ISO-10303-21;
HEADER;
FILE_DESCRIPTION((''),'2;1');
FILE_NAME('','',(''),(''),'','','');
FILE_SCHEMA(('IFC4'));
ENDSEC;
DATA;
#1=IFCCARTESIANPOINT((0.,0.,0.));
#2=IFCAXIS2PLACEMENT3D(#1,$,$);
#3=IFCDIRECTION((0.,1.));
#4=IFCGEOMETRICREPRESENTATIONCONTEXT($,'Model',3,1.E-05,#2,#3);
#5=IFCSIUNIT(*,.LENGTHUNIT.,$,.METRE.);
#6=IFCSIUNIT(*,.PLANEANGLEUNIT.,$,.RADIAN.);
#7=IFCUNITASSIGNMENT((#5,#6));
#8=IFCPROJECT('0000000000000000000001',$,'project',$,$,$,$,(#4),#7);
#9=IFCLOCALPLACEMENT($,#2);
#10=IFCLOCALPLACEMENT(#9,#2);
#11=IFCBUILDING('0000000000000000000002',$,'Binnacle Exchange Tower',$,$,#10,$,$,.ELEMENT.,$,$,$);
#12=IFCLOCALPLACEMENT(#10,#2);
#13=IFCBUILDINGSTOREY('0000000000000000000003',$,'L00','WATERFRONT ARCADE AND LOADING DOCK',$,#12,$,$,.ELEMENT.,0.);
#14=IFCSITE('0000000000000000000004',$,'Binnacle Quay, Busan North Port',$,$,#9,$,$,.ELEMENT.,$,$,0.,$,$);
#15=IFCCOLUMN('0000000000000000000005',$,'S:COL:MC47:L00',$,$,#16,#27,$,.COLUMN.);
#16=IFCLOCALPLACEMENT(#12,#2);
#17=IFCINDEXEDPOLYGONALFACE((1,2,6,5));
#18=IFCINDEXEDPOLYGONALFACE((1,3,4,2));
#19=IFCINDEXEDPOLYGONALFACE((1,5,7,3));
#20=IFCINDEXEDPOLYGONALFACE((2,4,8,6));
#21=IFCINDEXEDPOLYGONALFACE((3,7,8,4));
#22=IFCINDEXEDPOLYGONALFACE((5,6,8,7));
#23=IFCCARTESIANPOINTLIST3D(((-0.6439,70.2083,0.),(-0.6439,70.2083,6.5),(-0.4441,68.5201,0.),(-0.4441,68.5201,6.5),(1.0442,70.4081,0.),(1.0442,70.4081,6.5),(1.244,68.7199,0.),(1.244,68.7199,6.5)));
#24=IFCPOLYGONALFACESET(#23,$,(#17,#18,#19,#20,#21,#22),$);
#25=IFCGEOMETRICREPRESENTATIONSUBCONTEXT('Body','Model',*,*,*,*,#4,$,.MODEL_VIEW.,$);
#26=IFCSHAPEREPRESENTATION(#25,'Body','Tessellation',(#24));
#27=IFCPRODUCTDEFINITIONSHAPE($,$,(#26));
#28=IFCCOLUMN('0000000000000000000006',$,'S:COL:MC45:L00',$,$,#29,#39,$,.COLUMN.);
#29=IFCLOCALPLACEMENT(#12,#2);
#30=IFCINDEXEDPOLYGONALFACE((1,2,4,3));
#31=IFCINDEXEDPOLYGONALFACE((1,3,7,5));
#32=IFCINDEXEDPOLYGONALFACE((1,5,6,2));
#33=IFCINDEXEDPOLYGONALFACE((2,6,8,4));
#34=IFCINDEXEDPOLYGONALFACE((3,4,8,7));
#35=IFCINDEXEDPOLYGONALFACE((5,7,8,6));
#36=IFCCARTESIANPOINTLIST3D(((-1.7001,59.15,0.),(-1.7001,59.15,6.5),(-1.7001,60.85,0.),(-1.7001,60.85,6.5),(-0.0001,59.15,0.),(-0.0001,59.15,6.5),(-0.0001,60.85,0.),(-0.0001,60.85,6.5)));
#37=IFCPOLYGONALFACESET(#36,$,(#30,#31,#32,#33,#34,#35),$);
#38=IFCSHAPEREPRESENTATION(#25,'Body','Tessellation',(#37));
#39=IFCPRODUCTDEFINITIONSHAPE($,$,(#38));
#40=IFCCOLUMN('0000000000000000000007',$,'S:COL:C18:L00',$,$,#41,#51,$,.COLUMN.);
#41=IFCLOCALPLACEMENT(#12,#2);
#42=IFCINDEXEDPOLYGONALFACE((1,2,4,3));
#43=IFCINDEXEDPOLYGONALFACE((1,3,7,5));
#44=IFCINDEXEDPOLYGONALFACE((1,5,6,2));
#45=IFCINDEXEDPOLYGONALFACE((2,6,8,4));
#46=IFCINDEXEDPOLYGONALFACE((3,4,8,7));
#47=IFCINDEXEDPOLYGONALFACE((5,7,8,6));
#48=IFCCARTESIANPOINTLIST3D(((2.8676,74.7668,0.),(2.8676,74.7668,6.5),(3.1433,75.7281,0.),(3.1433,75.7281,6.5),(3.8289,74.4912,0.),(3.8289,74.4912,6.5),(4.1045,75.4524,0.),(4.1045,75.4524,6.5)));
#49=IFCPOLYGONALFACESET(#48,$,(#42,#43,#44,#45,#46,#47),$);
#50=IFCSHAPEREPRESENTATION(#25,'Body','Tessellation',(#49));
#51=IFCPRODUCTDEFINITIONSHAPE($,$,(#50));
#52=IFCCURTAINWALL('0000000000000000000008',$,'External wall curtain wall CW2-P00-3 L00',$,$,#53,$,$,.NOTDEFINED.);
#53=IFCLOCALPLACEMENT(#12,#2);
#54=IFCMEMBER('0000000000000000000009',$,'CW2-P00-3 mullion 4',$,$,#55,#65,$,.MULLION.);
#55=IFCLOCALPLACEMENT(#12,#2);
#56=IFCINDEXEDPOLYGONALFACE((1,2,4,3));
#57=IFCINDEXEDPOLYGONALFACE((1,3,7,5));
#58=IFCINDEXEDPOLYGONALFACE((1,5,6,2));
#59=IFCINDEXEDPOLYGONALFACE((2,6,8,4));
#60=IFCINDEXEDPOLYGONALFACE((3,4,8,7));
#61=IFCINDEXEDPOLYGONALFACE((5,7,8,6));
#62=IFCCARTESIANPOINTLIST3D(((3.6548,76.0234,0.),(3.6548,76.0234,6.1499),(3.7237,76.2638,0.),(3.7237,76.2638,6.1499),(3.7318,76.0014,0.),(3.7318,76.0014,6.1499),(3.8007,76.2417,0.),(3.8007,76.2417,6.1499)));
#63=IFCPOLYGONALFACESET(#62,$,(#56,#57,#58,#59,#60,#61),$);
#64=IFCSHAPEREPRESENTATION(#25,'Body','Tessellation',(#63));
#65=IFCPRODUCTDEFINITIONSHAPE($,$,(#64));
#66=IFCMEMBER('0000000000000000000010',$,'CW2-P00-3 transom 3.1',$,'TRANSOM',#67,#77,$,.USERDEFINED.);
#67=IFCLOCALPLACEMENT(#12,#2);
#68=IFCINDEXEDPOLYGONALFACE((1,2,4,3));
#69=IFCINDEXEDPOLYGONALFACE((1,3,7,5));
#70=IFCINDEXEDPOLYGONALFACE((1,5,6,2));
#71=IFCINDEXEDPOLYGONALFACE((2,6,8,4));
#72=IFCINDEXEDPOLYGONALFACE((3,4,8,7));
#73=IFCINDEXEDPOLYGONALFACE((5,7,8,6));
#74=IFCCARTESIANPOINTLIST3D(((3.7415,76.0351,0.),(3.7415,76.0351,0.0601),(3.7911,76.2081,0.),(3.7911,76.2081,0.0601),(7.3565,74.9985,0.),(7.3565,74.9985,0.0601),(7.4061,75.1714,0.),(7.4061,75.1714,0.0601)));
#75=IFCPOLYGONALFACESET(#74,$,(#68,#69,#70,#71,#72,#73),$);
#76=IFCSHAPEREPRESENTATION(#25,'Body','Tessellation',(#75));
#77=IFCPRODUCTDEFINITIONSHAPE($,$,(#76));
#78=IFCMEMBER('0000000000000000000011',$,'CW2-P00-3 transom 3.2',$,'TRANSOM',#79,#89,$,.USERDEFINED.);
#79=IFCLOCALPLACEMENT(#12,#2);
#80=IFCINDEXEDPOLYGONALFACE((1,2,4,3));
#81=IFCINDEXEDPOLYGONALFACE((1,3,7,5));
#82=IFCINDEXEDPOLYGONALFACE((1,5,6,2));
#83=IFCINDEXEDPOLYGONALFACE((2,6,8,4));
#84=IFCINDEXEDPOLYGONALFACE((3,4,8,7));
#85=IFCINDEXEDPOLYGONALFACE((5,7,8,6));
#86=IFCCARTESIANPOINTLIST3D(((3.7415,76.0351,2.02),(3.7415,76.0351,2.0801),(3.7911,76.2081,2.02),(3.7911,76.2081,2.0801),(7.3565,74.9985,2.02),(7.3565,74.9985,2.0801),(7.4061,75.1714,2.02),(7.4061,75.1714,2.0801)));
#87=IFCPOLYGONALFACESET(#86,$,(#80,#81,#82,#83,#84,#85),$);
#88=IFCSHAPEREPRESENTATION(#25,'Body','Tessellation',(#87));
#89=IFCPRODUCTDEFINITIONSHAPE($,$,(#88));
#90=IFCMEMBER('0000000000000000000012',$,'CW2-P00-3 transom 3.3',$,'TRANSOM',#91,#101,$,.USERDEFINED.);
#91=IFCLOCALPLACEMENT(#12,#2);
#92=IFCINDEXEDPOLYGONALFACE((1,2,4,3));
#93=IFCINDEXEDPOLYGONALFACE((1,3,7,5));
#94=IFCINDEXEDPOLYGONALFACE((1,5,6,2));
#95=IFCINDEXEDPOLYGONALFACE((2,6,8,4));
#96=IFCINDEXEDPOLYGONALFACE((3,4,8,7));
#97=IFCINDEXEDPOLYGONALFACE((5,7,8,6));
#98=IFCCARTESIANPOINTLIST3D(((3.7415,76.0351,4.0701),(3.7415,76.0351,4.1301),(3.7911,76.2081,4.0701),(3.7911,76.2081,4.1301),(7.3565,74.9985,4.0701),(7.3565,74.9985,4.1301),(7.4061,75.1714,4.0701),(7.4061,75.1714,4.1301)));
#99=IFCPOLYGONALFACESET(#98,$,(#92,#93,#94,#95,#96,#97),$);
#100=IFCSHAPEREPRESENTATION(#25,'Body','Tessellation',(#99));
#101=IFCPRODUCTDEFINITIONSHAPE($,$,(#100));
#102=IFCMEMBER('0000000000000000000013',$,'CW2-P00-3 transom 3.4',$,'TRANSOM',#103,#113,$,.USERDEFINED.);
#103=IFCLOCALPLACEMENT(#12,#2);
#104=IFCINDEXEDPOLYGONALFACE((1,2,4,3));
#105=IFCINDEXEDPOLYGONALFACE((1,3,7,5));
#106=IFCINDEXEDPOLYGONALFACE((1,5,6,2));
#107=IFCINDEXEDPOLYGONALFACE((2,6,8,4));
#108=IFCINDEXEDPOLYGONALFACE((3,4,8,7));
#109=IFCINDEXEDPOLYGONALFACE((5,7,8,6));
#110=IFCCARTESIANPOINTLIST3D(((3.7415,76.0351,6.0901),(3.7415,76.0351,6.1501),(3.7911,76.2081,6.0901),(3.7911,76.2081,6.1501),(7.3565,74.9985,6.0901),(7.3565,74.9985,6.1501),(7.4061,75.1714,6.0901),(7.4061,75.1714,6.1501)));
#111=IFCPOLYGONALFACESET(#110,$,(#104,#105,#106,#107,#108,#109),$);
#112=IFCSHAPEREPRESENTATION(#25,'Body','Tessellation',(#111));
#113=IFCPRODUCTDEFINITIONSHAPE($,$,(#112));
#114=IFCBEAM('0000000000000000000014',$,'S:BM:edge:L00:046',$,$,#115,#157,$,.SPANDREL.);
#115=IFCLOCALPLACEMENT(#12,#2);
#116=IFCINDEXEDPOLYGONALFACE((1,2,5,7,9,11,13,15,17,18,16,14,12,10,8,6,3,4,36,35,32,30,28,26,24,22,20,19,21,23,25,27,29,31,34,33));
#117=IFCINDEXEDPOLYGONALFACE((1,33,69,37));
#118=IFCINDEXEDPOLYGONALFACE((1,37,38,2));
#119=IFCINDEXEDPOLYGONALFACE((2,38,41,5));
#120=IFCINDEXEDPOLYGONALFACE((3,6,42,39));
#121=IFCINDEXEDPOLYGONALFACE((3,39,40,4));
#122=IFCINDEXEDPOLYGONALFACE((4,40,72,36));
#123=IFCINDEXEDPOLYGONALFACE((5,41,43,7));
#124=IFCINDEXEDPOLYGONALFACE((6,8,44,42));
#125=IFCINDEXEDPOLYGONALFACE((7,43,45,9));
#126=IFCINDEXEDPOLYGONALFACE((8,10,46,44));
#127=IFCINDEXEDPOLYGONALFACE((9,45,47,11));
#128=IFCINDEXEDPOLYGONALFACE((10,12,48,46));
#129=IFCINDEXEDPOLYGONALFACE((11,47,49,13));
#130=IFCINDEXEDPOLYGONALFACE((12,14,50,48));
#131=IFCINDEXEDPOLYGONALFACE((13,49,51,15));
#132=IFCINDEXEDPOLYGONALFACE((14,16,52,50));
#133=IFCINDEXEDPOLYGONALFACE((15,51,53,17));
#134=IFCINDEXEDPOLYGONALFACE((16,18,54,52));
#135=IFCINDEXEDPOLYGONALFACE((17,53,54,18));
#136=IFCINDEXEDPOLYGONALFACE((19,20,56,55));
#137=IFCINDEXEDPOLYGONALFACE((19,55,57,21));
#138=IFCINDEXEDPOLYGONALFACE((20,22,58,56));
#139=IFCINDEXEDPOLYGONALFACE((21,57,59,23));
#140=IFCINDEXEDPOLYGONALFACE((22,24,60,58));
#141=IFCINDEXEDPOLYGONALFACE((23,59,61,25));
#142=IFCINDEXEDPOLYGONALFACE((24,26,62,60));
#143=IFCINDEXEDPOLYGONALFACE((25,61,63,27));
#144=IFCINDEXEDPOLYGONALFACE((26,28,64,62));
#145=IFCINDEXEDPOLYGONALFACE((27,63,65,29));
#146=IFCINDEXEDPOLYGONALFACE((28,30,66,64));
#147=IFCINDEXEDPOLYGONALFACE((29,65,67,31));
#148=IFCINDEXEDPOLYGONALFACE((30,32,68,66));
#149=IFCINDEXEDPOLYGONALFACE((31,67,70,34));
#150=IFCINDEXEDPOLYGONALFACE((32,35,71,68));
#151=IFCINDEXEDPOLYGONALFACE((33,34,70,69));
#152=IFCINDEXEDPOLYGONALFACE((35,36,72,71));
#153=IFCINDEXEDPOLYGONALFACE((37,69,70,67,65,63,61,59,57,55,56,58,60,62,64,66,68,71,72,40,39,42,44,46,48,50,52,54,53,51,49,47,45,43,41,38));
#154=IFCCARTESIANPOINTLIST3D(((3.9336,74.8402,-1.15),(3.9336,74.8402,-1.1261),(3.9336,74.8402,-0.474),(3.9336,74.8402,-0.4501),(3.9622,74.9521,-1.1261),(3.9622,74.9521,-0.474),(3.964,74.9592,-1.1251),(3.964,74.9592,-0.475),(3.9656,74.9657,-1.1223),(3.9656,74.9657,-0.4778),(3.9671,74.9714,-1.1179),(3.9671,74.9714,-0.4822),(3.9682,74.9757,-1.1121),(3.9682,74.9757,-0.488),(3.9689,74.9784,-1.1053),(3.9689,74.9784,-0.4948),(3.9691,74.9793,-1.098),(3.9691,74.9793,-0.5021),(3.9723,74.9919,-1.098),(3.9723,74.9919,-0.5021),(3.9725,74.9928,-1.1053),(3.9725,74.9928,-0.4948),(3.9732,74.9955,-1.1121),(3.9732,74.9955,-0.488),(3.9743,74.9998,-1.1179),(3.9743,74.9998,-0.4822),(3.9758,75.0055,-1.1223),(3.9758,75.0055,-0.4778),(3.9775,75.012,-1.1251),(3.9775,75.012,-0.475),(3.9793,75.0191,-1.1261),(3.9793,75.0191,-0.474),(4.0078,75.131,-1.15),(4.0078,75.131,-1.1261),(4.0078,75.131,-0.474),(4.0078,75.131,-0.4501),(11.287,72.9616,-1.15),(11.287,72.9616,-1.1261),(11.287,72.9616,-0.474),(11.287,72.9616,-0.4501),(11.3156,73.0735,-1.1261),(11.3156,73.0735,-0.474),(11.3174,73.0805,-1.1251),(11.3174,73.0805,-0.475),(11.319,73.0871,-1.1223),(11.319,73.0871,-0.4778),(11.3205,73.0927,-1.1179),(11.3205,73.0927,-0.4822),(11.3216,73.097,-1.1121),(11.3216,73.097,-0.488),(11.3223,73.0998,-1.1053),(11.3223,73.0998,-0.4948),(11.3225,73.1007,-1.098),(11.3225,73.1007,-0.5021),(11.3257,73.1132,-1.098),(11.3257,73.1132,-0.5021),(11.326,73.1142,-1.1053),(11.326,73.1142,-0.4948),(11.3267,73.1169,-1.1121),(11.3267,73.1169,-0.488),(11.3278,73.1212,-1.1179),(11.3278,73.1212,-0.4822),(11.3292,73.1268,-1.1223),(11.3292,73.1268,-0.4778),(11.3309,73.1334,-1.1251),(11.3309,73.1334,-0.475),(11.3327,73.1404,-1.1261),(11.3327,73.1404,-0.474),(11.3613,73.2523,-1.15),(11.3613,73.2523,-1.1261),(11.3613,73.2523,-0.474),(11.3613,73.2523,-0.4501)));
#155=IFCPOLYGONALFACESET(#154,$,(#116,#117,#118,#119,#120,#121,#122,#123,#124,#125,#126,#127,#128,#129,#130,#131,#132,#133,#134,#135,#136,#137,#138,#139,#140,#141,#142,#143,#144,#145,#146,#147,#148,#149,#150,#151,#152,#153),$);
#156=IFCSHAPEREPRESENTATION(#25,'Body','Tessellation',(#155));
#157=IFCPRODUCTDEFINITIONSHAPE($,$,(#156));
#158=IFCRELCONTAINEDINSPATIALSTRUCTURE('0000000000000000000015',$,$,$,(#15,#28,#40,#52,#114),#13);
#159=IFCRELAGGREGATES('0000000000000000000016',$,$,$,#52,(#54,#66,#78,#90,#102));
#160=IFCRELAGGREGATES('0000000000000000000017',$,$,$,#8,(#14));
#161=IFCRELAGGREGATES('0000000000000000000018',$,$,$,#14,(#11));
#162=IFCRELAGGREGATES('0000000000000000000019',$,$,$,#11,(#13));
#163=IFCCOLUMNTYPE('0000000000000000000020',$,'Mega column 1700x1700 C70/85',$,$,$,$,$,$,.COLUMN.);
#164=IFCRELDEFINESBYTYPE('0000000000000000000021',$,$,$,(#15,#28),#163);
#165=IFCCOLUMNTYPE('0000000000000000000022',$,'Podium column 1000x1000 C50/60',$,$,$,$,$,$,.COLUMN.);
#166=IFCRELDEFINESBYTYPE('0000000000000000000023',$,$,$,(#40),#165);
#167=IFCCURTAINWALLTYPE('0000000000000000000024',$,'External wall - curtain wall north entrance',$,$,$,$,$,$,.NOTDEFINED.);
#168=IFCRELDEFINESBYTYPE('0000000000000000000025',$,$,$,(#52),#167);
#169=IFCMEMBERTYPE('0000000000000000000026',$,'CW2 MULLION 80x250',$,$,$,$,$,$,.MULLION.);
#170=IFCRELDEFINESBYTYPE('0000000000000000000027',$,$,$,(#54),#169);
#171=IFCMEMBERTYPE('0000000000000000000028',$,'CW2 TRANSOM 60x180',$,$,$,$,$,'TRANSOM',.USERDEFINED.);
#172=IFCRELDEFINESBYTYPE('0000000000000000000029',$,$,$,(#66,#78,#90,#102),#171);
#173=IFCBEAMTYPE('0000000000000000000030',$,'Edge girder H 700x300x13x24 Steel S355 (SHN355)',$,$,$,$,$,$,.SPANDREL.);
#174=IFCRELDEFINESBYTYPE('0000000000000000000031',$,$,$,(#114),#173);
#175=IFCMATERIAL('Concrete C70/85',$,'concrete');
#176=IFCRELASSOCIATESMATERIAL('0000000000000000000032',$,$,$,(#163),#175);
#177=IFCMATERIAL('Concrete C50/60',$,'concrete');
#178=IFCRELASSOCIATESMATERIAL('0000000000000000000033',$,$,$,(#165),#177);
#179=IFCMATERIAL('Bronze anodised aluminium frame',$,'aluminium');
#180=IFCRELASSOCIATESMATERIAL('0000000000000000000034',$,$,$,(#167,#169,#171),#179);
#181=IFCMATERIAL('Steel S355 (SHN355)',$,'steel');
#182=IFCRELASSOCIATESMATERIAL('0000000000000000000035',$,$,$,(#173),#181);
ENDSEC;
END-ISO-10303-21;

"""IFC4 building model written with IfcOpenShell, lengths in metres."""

from ifc_helpers import new_model, si_unit, direction, frame, origin, origin_2d, place, context, subcontext, project, spatial, rectangle, i_section, extrude, material, material_profile, profile_set, type_object, element, aggregate, save


model = new_model("IFC4")

# Units and contexts
model_context = context("Model", 3, precision=1e-05, world=origin(), true_north=direction((0.0, 1.0)))
body_context = subcontext(model_context, "Body", "Model", "MODEL_VIEW")
ifc_project = project(units=[si_unit("LENGTHUNIT", "METRE"), si_unit("PLANEANGLEUNIT", "RADIAN")], contexts=[model_context])

# Site, building, storey
site_placement = place(None, origin())
site = spatial("IfcSite", under=ifc_project, at=site_placement, Name="Binnacle Quay, Busan North Port", CompositionType="ELEMENT", RefElevation=0.0)
building_placement = place(site_placement, origin())
building = spatial("IfcBuilding", under=site, at=building_placement, Name="Binnacle Exchange Tower", CompositionType="ELEMENT")
storey_placement = place(building_placement, origin())
storey = spatial("IfcBuildingStorey", under=building, at=storey_placement, Name="L00", Description="WATERFRONT ARCADE AND LOADING DOCK", CompositionType="ELEMENT", Elevation=0.0)

# Columns
ifc_material_1 = material(Name="Concrete C70/85", Category="concrete")
ifc_material_profile_1 = material_profile(ifc_material_1, rectangle(XDim=1.7, YDim=1.7, at=origin_2d()), Name="Mega column 1700x1700 C70/85")
ifc_profile_set_1 = profile_set([ifc_material_profile_1], Name="Concrete C70/85")
column_type_1 = type_object("IfcColumnType", Name="Mega column 1700x1700 C70/85", PredefinedType="COLUMN", material=ifc_profile_set_1)
for number, where, z_axis, x_axis, name in (
    (1, (0.3, 69.4641, 0.0), (0.0, 0.0, 1.0), (-0.993068, -0.117537, 0.0), "S:COL:MC47:L00"),
    (2, (-0.8501, 60.0, 0.0), (0.0, 0.0, 1.0), (0.0, 1.0, 0.0), "S:COL:MC45:L00"),
):
    element("IfcColumn", number, at=place(storey_placement, frame(where, z_axis=z_axis, x_axis=x_axis)), inside=storey, type_object=column_type_1, Name=name, PredefinedType="COLUMN", context=body_context, shape_type="SweptSolid", body=[
        extrude(rectangle(XDim=1.7, YDim=1.7, at=origin_2d()), origin(), (0.0, 0.0, 1.0), 6.5),
    ])
ifc_material_2 = material(Name="Concrete C50/60", Category="concrete")
ifc_material_profile_2 = material_profile(ifc_material_2, rectangle(XDim=1.0, YDim=1.0, at=origin_2d()), Name="Podium column 1000x1000 C50/60")
ifc_profile_set_2 = profile_set([ifc_material_profile_2], Name="Concrete C50/60")
column_type_2 = type_object("IfcColumnType", Name="Podium column 1000x1000 C50/60", PredefinedType="COLUMN", material=ifc_profile_set_2)
column_placement = place(storey_placement, frame((3.4861, 75.1096, 0.0), z_axis=(0.0, 0.0, 1.0), x_axis=(-0.961262, 0.275637, 0.0)))
element("IfcColumn", 3, at=column_placement, inside=storey, type_object=column_type_2, Name="S:COL:C18:L00", PredefinedType="COLUMN", context=body_context, shape_type="SweptSolid", body=[
    extrude(rectangle(XDim=1.0, YDim=1.0, at=origin_2d()), origin(), (0.0, 0.0, 1.0), 6.5),
])

# Curtain wall, members
ifc_material_3 = material(Name="Bronze anodised aluminium frame", Category="aluminium")
curtain_wall_type = type_object("IfcCurtainWallType", Name="External wall - curtain wall north entrance", PredefinedType="NOTDEFINED", material=ifc_material_3)
curtain_wall_placement = place(storey_placement, origin())
curtain_wall = element("IfcCurtainWall", 4, at=curtain_wall_placement, inside=storey, type_object=curtain_wall_type, Name="External wall curtain wall CW2-P00-3 L00", PredefinedType="NOTDEFINED")
ifc_material_profile_3 = material_profile(ifc_material_3, rectangle(XDim=0.25, YDim=0.0801, at=origin_2d()), Name="AL 80x250")
ifc_profile_set_3 = profile_set([ifc_material_profile_3], Name="Bronze anodised aluminium frame")
member_type_1 = type_object("IfcMemberType", Name="CW2 MULLION 80x250", PredefinedType="MULLION", material=ifc_profile_set_3)
member_1_placement = place(storey_placement, frame((3.7278, 76.1326, 0.0), z_axis=(0.0, 0.0, 1.0), x_axis=(-0.275637, -0.961262, 0.0)))
member_1 = element("IfcMember", 5, at=member_1_placement, type_object=member_type_1, Name="CW2-P00-3 mullion 4", PredefinedType="MULLION", context=body_context, shape_type="SweptSolid", body=[
    extrude(rectangle(XDim=0.25, YDim=0.0801, at=origin_2d()), origin(), (0.0, 0.0, 1.0), 6.1499),
])
ifc_material_profile_4 = material_profile(ifc_material_3, rectangle(XDim=0.1799, YDim=0.0601, at=origin_2d()), Name="AL 180x60")
ifc_profile_set_4 = profile_set([ifc_material_profile_4], Name="Bronze anodised aluminium frame")
member_type_2 = type_object("IfcMemberType", Name="CW2 TRANSOM 60x180", ElementType="TRANSOM", PredefinedType="USERDEFINED", material=ifc_profile_set_4)
member_2_placement = place(storey_placement, frame((7.3813, 75.085, 0.03), z_axis=(-0.961259, 0.275647, 0.0), x_axis=(-0.275647, -0.961259, 0.0)))
member_2 = element("IfcMember", 6, at=member_2_placement, type_object=member_type_2, Name="CW2-P00-3 transom 3.1", ObjectType="TRANSOM", PredefinedType="USERDEFINED", context=body_context, shape_type="SweptSolid", body=[
    extrude(rectangle(XDim=0.1799, YDim=0.0601, at=origin_2d()), origin(), (0.0, 0.0, 1.0), 3.7607),
])
member_3_placement = place(storey_placement, frame((7.3813, 75.085, 2.05), z_axis=(-0.961259, 0.275647, 0.0), x_axis=(-0.275647, -0.961259, 0.0)))
member_3 = element("IfcMember", 7, at=member_3_placement, type_object=member_type_2, Name="CW2-P00-3 transom 3.2", ObjectType="TRANSOM", PredefinedType="USERDEFINED", context=body_context, shape_type="SweptSolid", body=[
    extrude(rectangle(XDim=0.1799, YDim=0.0601, at=origin_2d()), origin(), (0.0, 0.0, 1.0), 3.7607),
])
member_4_placement = place(storey_placement, frame((7.3813, 75.085, 4.1001), z_axis=(-0.961259, 0.275647, 0.0), x_axis=(-0.275647, -0.961259, 0.0)))
member_4 = element("IfcMember", 8, at=member_4_placement, type_object=member_type_2, Name="CW2-P00-3 transom 3.3", ObjectType="TRANSOM", PredefinedType="USERDEFINED", context=body_context, shape_type="SweptSolid", body=[
    extrude(rectangle(XDim=0.1799, YDim=0.0601, at=origin_2d()), origin(), (0.0, 0.0, 1.0), 3.7607),
])
member_5_placement = place(storey_placement, frame((7.3813, 75.085, 6.1201), z_axis=(-0.961259, 0.275647, 0.0), x_axis=(-0.275647, -0.961259, 0.0)))
member_5 = element("IfcMember", 9, at=member_5_placement, type_object=member_type_2, Name="CW2-P00-3 transom 3.4", ObjectType="TRANSOM", PredefinedType="USERDEFINED", context=body_context, shape_type="SweptSolid", body=[
    extrude(rectangle(XDim=0.1799, YDim=0.0601, at=origin_2d()), origin(), (0.0, 0.0, 1.0), 3.7607),
])

# Beam
ifc_material_4 = material(Name="Steel S355 (SHN355)", Category="steel")
ifc_material_profile_5 = material_profile(ifc_material_4, i_section(OverallWidth=0.3, OverallDepth=0.7, WebThickness=0.0129, FlangeThickness=0.0239, FilletRadius=0.0281, at=origin_2d()), Name="H 700x300x13x24")
ifc_profile_set_5 = profile_set([ifc_material_profile_5], Name="Steel S355 (SHN355)")
beam_type_1 = type_object("IfcBeamType", Name="Edge girder H 700x300x13x24 Steel S355 (SHN355)", PredefinedType="SPANDREL", material=ifc_profile_set_5)
beam_1_placement = place(storey_placement, frame((3.9707, 74.9856, -0.8), z_axis=(0.968881, -0.247528, 0.0), x_axis=(0.247528, 0.968881, 0.0)))
element("IfcBeam", 10, at=beam_1_placement, inside=storey, type_object=beam_type_1, Name="S:BM:edge:L00:046", PredefinedType="SPANDREL", context=body_context, shape_type="SweptSolid", body=[
    extrude(i_section(OverallWidth=0.3, OverallDepth=0.7, WebThickness=0.0129, FlangeThickness=0.0239, FilletRadius=0.0281, at=origin_2d()), origin(), (0.0, 0.0, 1.0), 7.5896),
])

aggregate(curtain_wall, [member_1, member_2, member_3, member_4, member_5])

save(model, "model.ifc")
